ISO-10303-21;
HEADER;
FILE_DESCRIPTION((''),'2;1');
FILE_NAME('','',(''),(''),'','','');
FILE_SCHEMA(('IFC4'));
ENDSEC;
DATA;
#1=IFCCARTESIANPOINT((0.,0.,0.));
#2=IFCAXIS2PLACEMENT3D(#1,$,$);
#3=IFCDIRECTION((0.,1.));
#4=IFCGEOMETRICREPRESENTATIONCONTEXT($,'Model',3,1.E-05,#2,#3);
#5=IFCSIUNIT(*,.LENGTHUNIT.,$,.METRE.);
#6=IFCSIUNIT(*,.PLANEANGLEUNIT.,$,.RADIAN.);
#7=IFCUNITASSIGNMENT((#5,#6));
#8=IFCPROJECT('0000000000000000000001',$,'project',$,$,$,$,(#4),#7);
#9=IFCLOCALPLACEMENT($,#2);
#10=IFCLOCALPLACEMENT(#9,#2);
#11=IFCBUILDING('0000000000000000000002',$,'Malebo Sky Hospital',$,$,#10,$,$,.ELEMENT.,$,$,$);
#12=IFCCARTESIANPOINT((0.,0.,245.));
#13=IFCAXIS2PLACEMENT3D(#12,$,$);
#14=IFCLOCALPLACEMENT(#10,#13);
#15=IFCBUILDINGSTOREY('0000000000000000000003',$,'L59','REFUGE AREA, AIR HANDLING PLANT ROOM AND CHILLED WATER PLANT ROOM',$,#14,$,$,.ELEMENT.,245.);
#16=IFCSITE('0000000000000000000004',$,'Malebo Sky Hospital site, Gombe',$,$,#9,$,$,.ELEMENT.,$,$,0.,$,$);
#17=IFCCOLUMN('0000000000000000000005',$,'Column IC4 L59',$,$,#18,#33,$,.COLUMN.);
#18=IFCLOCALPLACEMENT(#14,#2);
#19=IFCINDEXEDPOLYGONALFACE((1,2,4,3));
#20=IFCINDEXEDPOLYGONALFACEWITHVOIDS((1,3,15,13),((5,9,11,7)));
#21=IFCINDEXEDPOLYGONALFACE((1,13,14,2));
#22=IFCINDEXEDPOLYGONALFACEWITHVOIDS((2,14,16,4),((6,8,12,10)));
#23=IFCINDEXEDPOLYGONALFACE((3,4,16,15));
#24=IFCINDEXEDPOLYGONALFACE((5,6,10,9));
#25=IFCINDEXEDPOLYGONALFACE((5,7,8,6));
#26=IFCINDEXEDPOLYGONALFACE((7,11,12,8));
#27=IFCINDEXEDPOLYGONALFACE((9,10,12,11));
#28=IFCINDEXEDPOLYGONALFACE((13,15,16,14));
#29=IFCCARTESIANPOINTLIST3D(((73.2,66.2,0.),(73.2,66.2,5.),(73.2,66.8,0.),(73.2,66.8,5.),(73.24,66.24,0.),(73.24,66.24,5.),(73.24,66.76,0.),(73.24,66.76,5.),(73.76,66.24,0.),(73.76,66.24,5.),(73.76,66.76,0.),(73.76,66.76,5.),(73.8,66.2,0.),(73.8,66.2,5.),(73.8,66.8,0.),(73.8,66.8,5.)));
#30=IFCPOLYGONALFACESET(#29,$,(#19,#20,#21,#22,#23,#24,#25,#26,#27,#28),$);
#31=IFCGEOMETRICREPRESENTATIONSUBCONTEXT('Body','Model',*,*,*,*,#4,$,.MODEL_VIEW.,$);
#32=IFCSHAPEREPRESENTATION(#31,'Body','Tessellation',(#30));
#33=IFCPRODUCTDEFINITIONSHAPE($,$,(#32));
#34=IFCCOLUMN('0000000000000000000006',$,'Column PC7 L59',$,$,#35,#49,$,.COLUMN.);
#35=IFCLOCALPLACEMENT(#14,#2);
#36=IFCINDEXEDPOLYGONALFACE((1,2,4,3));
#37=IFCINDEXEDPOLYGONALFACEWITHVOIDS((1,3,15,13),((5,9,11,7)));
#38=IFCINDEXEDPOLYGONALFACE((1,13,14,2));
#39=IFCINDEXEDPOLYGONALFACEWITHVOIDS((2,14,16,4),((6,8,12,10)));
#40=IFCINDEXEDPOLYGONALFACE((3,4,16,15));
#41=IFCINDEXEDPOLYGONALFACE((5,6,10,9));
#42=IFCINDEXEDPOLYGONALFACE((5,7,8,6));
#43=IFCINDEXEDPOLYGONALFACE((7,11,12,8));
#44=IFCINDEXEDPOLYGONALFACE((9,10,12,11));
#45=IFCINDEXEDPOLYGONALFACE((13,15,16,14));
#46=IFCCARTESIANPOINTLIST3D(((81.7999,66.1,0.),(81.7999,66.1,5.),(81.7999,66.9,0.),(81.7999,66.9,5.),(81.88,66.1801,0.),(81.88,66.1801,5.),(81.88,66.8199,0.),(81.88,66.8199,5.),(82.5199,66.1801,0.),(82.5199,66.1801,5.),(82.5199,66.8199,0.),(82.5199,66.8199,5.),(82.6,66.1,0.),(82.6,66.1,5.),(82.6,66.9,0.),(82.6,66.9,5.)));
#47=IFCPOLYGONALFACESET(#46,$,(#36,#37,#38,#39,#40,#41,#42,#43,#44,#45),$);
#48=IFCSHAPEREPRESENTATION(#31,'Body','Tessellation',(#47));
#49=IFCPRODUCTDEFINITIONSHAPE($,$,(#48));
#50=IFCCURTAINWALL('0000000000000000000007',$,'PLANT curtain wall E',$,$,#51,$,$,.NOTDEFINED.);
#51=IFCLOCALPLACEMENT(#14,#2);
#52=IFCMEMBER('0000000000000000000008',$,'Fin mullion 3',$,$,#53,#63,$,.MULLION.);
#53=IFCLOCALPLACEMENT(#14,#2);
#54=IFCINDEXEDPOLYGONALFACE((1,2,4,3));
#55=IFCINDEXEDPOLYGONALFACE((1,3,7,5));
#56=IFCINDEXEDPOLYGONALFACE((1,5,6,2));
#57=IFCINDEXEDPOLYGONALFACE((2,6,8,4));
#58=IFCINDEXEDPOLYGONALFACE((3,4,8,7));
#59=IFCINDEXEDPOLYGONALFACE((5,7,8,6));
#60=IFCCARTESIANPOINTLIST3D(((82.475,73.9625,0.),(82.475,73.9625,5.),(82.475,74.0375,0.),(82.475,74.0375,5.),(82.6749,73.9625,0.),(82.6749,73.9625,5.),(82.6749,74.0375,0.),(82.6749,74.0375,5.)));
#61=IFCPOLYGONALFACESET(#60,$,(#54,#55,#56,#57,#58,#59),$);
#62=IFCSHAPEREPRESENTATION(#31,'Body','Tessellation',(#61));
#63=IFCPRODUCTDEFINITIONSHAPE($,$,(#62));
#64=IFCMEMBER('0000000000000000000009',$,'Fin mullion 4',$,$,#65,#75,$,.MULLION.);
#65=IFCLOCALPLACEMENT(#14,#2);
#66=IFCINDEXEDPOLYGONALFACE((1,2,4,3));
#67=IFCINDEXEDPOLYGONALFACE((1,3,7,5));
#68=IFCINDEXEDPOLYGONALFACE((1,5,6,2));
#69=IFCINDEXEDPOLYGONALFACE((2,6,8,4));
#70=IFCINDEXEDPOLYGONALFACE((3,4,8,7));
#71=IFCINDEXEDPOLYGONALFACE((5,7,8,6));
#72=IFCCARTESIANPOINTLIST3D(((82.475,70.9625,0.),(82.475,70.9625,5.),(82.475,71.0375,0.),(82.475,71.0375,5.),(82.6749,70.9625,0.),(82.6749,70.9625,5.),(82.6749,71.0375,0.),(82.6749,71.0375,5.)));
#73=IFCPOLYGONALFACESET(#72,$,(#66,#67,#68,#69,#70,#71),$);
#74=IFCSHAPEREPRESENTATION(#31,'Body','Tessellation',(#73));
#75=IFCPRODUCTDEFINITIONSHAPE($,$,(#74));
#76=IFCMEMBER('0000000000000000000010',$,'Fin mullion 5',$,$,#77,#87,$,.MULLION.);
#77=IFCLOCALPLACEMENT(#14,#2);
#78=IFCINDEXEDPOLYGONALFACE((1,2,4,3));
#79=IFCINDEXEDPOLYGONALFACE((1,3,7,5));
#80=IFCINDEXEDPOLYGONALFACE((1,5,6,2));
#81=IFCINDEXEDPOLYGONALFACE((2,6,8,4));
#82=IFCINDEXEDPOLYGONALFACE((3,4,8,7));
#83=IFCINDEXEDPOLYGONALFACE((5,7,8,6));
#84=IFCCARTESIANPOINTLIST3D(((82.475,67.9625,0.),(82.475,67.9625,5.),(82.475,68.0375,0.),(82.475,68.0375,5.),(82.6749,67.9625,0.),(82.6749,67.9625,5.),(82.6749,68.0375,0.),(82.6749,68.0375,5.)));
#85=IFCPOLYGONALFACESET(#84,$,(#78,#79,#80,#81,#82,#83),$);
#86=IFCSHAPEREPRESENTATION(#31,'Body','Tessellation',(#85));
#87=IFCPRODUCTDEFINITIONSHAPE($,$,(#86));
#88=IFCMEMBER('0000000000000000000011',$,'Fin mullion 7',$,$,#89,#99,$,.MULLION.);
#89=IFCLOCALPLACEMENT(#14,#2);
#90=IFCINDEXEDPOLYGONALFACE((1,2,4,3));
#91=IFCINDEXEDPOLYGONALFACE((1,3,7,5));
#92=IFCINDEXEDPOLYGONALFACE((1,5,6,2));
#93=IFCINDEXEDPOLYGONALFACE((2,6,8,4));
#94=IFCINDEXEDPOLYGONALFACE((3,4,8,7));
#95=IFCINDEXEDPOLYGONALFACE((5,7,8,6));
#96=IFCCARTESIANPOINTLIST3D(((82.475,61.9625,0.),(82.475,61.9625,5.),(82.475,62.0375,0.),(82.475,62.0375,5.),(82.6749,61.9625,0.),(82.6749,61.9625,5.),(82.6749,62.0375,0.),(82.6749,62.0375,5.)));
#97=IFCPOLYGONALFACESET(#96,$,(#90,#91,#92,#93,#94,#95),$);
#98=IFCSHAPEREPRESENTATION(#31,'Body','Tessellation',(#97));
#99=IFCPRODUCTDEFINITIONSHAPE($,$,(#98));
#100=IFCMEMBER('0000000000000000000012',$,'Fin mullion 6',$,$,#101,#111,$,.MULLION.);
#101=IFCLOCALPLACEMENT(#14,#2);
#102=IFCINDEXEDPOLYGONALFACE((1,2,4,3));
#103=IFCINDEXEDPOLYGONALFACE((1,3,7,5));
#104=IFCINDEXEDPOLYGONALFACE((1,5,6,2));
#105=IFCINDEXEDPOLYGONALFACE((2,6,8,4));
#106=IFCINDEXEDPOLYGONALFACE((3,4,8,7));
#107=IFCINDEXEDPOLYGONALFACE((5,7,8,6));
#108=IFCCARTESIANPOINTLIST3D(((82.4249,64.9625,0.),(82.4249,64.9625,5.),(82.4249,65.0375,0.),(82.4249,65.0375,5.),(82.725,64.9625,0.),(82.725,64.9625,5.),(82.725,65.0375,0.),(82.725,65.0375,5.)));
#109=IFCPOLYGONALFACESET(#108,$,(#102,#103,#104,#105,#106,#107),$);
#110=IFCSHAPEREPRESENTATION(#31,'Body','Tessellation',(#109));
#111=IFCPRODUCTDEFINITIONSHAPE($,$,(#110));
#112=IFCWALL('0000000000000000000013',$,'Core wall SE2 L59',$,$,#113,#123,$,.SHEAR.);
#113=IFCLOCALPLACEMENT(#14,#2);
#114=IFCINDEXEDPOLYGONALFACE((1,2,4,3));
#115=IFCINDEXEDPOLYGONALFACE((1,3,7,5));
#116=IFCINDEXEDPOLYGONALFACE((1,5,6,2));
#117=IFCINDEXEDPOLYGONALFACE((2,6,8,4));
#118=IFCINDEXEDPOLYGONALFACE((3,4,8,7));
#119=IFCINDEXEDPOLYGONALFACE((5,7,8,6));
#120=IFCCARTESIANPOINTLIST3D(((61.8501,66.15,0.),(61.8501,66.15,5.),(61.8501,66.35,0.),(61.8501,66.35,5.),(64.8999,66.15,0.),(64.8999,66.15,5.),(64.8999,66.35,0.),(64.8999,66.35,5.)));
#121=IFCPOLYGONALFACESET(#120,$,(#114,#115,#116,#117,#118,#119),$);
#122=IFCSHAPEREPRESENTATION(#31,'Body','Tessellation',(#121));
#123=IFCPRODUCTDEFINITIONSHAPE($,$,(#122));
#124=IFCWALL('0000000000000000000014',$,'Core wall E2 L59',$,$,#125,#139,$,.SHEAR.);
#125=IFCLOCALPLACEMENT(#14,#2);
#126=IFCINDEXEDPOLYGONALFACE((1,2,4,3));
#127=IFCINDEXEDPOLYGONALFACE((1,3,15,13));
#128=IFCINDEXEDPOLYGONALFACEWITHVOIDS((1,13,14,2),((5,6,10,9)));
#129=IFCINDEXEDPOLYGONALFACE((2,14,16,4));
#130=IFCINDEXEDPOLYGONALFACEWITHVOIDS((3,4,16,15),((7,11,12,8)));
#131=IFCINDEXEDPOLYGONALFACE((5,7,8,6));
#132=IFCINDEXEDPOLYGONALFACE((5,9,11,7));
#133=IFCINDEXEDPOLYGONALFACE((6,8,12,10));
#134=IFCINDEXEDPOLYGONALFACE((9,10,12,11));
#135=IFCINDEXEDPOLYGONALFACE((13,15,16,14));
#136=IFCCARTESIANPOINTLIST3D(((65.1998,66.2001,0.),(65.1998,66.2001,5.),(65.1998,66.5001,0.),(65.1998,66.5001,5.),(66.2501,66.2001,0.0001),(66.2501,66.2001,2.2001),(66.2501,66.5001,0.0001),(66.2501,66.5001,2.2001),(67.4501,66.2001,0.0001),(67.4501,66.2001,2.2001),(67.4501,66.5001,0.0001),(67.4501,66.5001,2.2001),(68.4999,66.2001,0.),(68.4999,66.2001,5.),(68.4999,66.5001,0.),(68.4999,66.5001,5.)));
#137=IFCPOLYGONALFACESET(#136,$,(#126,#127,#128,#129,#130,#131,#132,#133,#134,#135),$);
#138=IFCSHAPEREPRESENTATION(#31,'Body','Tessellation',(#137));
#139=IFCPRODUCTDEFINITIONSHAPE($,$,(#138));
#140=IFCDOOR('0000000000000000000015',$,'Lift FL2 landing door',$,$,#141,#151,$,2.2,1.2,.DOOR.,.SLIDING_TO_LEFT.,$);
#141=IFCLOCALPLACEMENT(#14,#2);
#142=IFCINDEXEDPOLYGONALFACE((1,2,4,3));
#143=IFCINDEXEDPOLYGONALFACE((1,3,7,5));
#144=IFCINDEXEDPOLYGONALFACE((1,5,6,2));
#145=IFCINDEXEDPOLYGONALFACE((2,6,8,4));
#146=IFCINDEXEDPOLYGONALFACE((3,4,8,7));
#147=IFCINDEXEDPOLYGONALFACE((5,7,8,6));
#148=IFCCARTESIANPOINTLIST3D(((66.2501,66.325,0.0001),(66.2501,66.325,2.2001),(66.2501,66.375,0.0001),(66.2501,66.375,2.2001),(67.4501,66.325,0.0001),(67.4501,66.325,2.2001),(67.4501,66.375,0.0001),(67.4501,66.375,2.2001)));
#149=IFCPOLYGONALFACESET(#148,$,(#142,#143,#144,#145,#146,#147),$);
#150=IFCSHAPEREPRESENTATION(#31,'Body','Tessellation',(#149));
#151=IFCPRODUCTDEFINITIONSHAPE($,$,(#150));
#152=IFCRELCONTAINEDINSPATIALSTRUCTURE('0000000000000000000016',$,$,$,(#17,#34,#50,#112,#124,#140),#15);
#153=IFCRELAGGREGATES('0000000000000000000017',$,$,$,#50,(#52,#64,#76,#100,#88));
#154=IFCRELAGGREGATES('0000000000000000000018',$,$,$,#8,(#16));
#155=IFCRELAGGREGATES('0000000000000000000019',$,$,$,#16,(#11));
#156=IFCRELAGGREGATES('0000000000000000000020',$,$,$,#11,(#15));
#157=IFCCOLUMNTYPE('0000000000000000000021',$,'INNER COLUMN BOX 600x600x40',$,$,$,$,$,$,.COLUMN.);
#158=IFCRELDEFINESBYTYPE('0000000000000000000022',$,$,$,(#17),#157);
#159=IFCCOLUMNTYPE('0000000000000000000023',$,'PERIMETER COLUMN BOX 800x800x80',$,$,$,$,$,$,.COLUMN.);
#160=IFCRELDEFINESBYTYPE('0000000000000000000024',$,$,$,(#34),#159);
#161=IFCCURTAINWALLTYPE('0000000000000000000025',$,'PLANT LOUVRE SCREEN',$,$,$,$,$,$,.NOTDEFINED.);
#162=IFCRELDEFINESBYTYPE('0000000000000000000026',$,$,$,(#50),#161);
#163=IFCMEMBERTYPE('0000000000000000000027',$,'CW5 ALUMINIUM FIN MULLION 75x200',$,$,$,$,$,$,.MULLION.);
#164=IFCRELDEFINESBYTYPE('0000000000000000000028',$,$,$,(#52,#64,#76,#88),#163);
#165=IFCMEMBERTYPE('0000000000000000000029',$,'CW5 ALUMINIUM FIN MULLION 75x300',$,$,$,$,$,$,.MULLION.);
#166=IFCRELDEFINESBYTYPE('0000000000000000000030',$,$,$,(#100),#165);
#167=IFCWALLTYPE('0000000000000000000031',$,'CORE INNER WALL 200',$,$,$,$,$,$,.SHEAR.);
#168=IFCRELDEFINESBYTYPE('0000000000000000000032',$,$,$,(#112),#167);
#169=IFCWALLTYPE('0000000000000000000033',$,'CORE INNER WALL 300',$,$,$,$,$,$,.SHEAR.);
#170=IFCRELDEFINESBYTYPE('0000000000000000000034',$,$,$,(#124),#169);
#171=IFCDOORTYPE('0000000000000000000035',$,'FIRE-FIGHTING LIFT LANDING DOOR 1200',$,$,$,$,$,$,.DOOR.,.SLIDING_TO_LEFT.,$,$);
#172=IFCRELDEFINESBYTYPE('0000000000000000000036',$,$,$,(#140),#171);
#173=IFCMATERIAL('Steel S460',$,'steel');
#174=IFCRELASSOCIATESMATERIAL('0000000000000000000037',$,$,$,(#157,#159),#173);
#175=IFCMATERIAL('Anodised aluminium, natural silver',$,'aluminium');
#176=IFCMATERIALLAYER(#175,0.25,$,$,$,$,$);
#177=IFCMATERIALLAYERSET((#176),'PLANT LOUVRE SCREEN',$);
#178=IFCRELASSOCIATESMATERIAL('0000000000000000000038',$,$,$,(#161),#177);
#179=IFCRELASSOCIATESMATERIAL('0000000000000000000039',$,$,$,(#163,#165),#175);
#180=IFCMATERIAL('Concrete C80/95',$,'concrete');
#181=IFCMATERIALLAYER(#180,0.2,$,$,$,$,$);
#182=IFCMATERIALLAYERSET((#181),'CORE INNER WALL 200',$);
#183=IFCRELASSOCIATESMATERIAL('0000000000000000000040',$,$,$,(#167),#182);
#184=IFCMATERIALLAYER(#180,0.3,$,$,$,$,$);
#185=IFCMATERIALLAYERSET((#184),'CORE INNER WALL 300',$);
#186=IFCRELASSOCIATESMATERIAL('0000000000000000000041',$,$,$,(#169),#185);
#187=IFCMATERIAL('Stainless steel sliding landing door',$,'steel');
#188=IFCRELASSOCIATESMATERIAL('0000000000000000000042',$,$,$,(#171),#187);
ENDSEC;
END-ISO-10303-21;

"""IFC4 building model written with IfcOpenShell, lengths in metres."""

from ifc_helpers import new_model, si_unit, direction, frame, frame_2d, origin, origin_2d, place, context, subcontext, project, spatial, rectangle, hollow_rectangle, extrude, material, layer, layer_set, material_profile, profile_set, type_object, element, fill, aggregate, save


model = new_model("IFC4")

# Units and contexts
model_context = context("Model", 3, precision=1e-05, world=origin(), true_north=direction((0.0, 1.0)))
body_context = subcontext(model_context, "Body", "Model", "MODEL_VIEW")
ifc_project = project(units=[si_unit("LENGTHUNIT", "METRE"), si_unit("PLANEANGLEUNIT", "RADIAN")], contexts=[model_context])

# Site, building, storey
site_placement = place(None, origin())
site = spatial("IfcSite", under=ifc_project, at=site_placement, Name="Malebo Sky Hospital site, Gombe", CompositionType="ELEMENT", RefElevation=0.0)
building_placement = place(site_placement, origin())
building = spatial("IfcBuilding", under=site, at=building_placement, Name="Malebo Sky Hospital", CompositionType="ELEMENT")
storey_placement = place(building_placement, frame((0.0, 0.0, 245.0)))
storey = spatial("IfcBuildingStorey", under=building, at=storey_placement, Name="L59", Description="REFUGE AREA, AIR HANDLING PLANT ROOM AND CHILLED WATER PLANT ROOM", CompositionType="ELEMENT", Elevation=245.0)

# Columns
ifc_material_1 = material(Name="Steel S460", Category="steel")
ifc_material_profile_1 = material_profile(ifc_material_1, hollow_rectangle(XDim=0.6001, YDim=0.6001, WallThickness=0.04, at=origin_2d()), Name="BOX 600x600x40")
ifc_profile_set_1 = profile_set([ifc_material_profile_1], Name="Steel S460")
column_type_1 = type_object("IfcColumnType", Name="INNER COLUMN BOX 600x600x40", PredefinedType="COLUMN", material=ifc_profile_set_1)
column_1_placement = place(storey_placement, frame((73.5, 66.5, 0.0), z_axis=(0.0, 0.0, 1.0), x_axis=(1.0, 0.0, 0.0)))
element("IfcColumn", 1, at=column_1_placement, inside=storey, type_object=column_type_1, Name="Column IC4 L59", PredefinedType="COLUMN", context=body_context, shape_type="SweptSolid", body=[
    extrude(hollow_rectangle(XDim=0.6001, YDim=0.6001, WallThickness=0.04, at=origin_2d()), origin(), (0.0, 0.0, 1.0), 5.0),
])
ifc_material_profile_2 = material_profile(ifc_material_1, hollow_rectangle(XDim=0.8, YDim=0.8, WallThickness=0.0801, at=origin_2d()), Name="BOX 800x800x80")
ifc_profile_set_2 = profile_set([ifc_material_profile_2], Name="Steel S460")
column_type_2 = type_object("IfcColumnType", Name="PERIMETER COLUMN BOX 800x800x80", PredefinedType="COLUMN", material=ifc_profile_set_2)
column_2_placement = place(storey_placement, frame((82.2, 66.5, 0.0), z_axis=(0.0, 0.0, 1.0), x_axis=(1.0, 0.0, 0.0)))
element("IfcColumn", 2, at=column_2_placement, inside=storey, type_object=column_type_2, Name="Column PC7 L59", PredefinedType="COLUMN", context=body_context, shape_type="SweptSolid", body=[
    extrude(hollow_rectangle(XDim=0.8, YDim=0.8, WallThickness=0.0801, at=origin_2d()), origin(), (0.0, 0.0, 1.0), 5.0),
])

# Curtain wall, members
ifc_material_2 = material(Name="Anodised aluminium, natural silver", Category="aluminium")
ifc_layer_1 = layer(ifc_material_2, 0.25)
ifc_layer_set_1 = layer_set([ifc_layer_1], Name="PLANT LOUVRE SCREEN")
curtain_wall_type = type_object("IfcCurtainWallType", Name="PLANT LOUVRE SCREEN", PredefinedType="NOTDEFINED", material=ifc_layer_set_1)
curtain_wall_placement = place(storey_placement, origin())
curtain_wall = element("IfcCurtainWall", 3, at=curtain_wall_placement, inside=storey, type_object=curtain_wall_type, Name="PLANT curtain wall E", PredefinedType="NOTDEFINED")
ifc_material_profile_3 = material_profile(ifc_material_2, rectangle(XDim=0.075, YDim=0.2, at=origin_2d()), Name="CW5 ALUMINIUM FIN MULLION 75x200")
ifc_profile_set_3 = profile_set([ifc_material_profile_3], Name="Anodised aluminium, natural silver")
member_type_1 = type_object("IfcMemberType", Name="CW5 ALUMINIUM FIN MULLION 75x200", PredefinedType="MULLION", material=ifc_profile_set_3)
member_1_placement = place(storey_placement, frame((82.575, 74.0, 0.0), z_axis=(0.0, 0.0, 1.0), x_axis=(0.0, -1.0, 0.0)))
member_1 = element("IfcMember", 4, at=member_1_placement, type_object=member_type_1, Name="Fin mullion 3", PredefinedType="MULLION", context=body_context, shape_type="SweptSolid", body=[
    extrude(rectangle(XDim=0.075, YDim=0.2, at=origin_2d()), origin(), (0.0, 0.0, 1.0), 5.0),
])
member_2_placement = place(storey_placement, frame((82.575, 71.0, 0.0), z_axis=(0.0, 0.0, 1.0), x_axis=(0.0, -1.0, 0.0)))
member_2 = element("IfcMember", 5, at=member_2_placement, type_object=member_type_1, Name="Fin mullion 4", PredefinedType="MULLION", context=body_context, shape_type="SweptSolid", body=[
    extrude(rectangle(XDim=0.075, YDim=0.2, at=origin_2d()), origin(), (0.0, 0.0, 1.0), 5.0),
])
member_3_placement = place(storey_placement, frame((82.575, 68.0, 0.0), z_axis=(0.0, 0.0, 1.0), x_axis=(0.0, -1.0, 0.0)))
member_3 = element("IfcMember", 6, at=member_3_placement, type_object=member_type_1, Name="Fin mullion 5", PredefinedType="MULLION", context=body_context, shape_type="SweptSolid", body=[
    extrude(rectangle(XDim=0.075, YDim=0.2, at=origin_2d()), origin(), (0.0, 0.0, 1.0), 5.0),
])
member_4_placement = place(storey_placement, frame((82.575, 62.0, 0.0), z_axis=(0.0, 0.0, 1.0), x_axis=(0.0, -1.0, 0.0)))
member_4 = element("IfcMember", 7, at=member_4_placement, type_object=member_type_1, Name="Fin mullion 7", PredefinedType="MULLION", context=body_context, shape_type="SweptSolid", body=[
    extrude(rectangle(XDim=0.075, YDim=0.2, at=origin_2d()), origin(), (0.0, 0.0, 1.0), 5.0),
])
ifc_material_profile_4 = material_profile(ifc_material_2, rectangle(XDim=0.075, YDim=0.3, at=origin_2d()), Name="CW5 ALUMINIUM FIN MULLION 75x300")
ifc_profile_set_4 = profile_set([ifc_material_profile_4], Name="Anodised aluminium, natural silver")
member_type_2 = type_object("IfcMemberType", Name="CW5 ALUMINIUM FIN MULLION 75x300", PredefinedType="MULLION", material=ifc_profile_set_4)
member_5_placement = place(storey_placement, frame((82.575, 65.0, 0.0), z_axis=(0.0, 0.0, 1.0), x_axis=(0.0, -1.0, 0.0)))
member_5 = element("IfcMember", 8, at=member_5_placement, type_object=member_type_2, Name="Fin mullion 6", PredefinedType="MULLION", context=body_context, shape_type="SweptSolid", body=[
    extrude(rectangle(XDim=0.075, YDim=0.3, at=origin_2d()), origin(), (0.0, 0.0, 1.0), 5.0),
])
aggregate(curtain_wall, [member_1, member_2, member_3, member_5, member_4])

# Wall
ifc_material_3 = material(Name="Concrete C80/95", Category="concrete")
ifc_layer_2 = layer(ifc_material_3, 0.2)
ifc_layer_set_2 = layer_set([ifc_layer_2], Name="CORE INNER WALL 200")
wall_type_1 = type_object("IfcWallType", Name="CORE INNER WALL 200", PredefinedType="SHEAR", material=ifc_layer_set_2)
wall_1_placement = place(storey_placement, frame((61.8501, 66.25, 0.0), z_axis=(0.0, 0.0, 1.0), x_axis=(1.0, 0.0, 0.0)))
element("IfcWall", 9, at=wall_1_placement, inside=storey, type_object=wall_type_1, Name="Core wall SE2 L59", PredefinedType="SHEAR", context=body_context, shape_type="SweptSolid", body=[
    extrude(rectangle(XDim=3.0498, YDim=0.2, at=frame_2d((1.5249, 0.0))), origin(), (0.0, 0.0, 1.0), 5.0),
])

# Wall, opening, door
ifc_layer_3 = layer(ifc_material_3, 0.3)
ifc_layer_set_3 = layer_set([ifc_layer_3], Name="CORE INNER WALL 300")
wall_type_2 = type_object("IfcWallType", Name="CORE INNER WALL 300", PredefinedType="SHEAR", material=ifc_layer_set_3)
wall_2_placement = place(storey_placement, frame((65.2, 66.3501, 0.0), z_axis=(0.0, 0.0, 1.0), x_axis=(1.0, 0.0, 0.0)))
wall_2 = element("IfcWall", 10, at=wall_2_placement, inside=storey, type_object=wall_type_2, Name="Core wall E2 L59", PredefinedType="SHEAR", context=body_context, shape_type="SweptSolid", body=[
    extrude(rectangle(XDim=3.3, YDim=0.3, at=frame_2d((1.6499, 0.0))), origin(), (0.0, 0.0, 1.0), 5.0),
])
opening_1_placement = place(wall_2_placement, frame((1.05, 0.0, 0.0)))
opening_1 = element("IfcOpeningElement", 11, at=opening_1_placement, cuts=wall_2, PredefinedType="OPENING", context=body_context, shape_type="SweptSolid", body=[
    extrude(rectangle(XDim=1.2, YDim=2.2, at=frame_2d((0.6001, 1.1001))), frame((0.0, 0.1599, 0.0), z_axis=(0.0, -1.0, 0.0), x_axis=(1.0, 0.0, 0.0)), (0.0, 0.0, 1.0), 0.3201),
])
ifc_material_4 = material(Name="Stainless steel sliding landing door", Category="steel")
door_type_1 = type_object("IfcDoorType", Name="FIRE-FIGHTING LIFT LANDING DOOR 1200", OperationType="SLIDING_TO_LEFT", PredefinedType="DOOR", material=ifc_material_4)
door_1_placement = place(opening_1_placement, origin())
door_1 = element("IfcDoor", 12, at=door_1_placement, inside=storey, type_object=door_type_1, Name="Lift FL2 landing door", OperationType="SLIDING_TO_LEFT", OverallHeight=2.2, OverallWidth=1.2, PredefinedType="DOOR", context=body_context, shape_type="SweptSolid", body=[
    extrude(rectangle(XDim=1.2, YDim=2.2, at=frame_2d((0.6001, 1.1001))), frame((0.0, 0.0249, 0.0), z_axis=(0.0, -1.0, 0.0), x_axis=(1.0, 0.0, 0.0)), (0.0, 0.0, 1.0), 0.05),
])
fill(opening_1, door_1)

save(model, "model.ifc")
